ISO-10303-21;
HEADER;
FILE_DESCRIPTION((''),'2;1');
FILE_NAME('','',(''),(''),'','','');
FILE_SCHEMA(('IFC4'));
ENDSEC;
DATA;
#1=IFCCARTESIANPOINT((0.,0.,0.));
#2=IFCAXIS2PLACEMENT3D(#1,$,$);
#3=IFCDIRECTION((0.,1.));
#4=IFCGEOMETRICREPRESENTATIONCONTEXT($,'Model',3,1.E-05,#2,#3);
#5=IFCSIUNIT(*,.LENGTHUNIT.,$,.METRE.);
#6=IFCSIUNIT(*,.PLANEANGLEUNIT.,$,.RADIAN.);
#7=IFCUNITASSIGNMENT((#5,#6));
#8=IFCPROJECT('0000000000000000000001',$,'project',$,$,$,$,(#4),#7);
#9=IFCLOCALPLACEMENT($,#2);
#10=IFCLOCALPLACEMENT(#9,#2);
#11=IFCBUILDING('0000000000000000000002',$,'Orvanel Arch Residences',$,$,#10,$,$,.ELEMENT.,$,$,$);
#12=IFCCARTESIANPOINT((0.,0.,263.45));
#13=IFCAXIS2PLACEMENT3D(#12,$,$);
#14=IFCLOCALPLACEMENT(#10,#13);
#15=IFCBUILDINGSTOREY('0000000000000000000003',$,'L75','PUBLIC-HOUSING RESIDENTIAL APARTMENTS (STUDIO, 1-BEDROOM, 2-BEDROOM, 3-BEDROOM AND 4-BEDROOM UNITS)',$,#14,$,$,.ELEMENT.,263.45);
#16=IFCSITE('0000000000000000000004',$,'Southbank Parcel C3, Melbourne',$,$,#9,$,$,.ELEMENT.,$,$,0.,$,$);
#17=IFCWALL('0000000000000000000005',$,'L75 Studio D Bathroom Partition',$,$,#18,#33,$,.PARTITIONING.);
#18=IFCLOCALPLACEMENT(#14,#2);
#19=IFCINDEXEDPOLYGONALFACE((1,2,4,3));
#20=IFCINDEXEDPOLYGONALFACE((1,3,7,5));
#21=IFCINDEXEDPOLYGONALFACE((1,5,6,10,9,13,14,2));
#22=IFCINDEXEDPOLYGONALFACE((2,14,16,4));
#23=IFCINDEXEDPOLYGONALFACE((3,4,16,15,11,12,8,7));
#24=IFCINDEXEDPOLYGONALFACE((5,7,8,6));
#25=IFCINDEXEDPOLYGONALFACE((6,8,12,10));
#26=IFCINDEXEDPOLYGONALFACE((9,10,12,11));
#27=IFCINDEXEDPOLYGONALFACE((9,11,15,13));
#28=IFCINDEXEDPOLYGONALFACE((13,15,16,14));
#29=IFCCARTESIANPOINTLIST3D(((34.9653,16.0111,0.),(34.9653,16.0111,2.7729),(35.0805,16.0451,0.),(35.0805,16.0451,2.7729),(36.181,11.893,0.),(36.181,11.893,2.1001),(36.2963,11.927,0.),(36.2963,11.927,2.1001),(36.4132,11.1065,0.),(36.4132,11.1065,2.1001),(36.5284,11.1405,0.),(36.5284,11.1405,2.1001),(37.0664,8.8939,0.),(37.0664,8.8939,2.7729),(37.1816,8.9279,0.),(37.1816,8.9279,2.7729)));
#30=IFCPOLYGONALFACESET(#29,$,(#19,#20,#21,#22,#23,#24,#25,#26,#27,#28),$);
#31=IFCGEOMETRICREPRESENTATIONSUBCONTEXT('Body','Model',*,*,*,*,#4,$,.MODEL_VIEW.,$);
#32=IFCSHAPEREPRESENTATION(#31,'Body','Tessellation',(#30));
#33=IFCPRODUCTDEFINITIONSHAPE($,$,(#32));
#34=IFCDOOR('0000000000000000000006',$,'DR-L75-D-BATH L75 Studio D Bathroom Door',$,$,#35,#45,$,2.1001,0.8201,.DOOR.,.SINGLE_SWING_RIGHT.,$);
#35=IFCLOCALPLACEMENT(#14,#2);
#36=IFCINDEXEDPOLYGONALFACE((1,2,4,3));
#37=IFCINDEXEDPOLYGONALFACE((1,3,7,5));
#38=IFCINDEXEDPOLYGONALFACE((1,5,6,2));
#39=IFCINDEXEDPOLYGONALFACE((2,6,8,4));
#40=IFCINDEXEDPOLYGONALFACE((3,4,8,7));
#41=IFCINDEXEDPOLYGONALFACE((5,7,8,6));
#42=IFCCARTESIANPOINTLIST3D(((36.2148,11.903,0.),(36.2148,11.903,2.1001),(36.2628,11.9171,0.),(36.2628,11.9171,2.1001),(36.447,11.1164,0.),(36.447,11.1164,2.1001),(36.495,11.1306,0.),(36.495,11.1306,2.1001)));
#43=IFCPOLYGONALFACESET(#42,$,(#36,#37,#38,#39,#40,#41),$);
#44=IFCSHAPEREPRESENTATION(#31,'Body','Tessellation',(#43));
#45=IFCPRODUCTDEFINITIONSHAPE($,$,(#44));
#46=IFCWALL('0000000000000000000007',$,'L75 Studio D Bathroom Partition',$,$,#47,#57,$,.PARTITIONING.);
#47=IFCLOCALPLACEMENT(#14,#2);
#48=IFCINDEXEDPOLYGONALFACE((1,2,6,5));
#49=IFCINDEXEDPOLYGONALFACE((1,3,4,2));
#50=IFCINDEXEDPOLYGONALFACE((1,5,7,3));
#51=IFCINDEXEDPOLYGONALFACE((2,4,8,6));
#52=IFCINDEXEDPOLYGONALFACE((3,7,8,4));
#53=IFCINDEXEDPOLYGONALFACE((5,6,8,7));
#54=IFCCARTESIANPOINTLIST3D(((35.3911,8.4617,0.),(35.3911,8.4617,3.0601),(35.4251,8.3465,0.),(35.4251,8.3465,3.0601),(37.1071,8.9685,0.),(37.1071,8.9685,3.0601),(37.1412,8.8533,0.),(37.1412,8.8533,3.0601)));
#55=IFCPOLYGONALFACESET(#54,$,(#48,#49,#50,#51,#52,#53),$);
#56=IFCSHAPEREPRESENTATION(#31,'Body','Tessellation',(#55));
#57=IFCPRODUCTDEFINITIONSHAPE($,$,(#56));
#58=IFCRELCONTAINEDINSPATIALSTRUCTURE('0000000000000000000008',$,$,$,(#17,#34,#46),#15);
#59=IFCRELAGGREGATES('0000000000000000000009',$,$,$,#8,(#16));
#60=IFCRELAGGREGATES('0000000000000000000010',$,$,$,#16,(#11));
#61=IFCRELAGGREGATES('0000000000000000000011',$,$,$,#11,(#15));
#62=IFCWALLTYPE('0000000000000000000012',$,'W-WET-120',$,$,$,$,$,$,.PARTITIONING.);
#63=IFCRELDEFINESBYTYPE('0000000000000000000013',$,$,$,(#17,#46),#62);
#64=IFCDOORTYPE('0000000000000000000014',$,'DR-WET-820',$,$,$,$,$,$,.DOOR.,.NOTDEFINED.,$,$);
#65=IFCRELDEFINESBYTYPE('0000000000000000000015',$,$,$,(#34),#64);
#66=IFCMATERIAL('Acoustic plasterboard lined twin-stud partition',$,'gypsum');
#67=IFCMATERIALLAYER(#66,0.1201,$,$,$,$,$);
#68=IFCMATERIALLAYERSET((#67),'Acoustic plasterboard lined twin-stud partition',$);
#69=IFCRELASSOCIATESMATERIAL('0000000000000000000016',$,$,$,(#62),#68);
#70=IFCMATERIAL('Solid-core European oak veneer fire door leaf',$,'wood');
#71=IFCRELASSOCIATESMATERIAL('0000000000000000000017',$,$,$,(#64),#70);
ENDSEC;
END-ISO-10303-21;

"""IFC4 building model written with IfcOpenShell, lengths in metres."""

from ifc_helpers import new_model, si_unit, direction, frame, frame_2d, origin, place, context, subcontext, project, spatial, rectangle, extrude, material, layer, layer_set, type_object, element, fill, save


model = new_model("IFC4")

# Units and contexts
model_context = context("Model", 3, precision=1e-05, world=origin(), true_north=direction((0.0, 1.0)))
body_context = subcontext(model_context, "Body", "Model", "MODEL_VIEW")
ifc_project = project(units=[si_unit("LENGTHUNIT", "METRE"), si_unit("PLANEANGLEUNIT", "RADIAN")], contexts=[model_context])

# Site, building, storey
site_placement = place(None, origin())
site = spatial("IfcSite", under=ifc_project, at=site_placement, Name="Southbank Parcel C3, Melbourne", CompositionType="ELEMENT", RefElevation=0.0)
building_placement = place(site_placement, origin())
building = spatial("IfcBuilding", under=site, at=building_placement, Name="Orvanel Arch Residences", CompositionType="ELEMENT")
storey_placement = place(building_placement, frame((0.0, 0.0, 263.45)))
storey = spatial("IfcBuildingStorey", under=building, at=storey_placement, Name="L75", Description="PUBLIC-HOUSING RESIDENTIAL APARTMENTS (STUDIO, 1-BEDROOM, 2-BEDROOM, 3-BEDROOM AND 4-BEDROOM UNITS)", CompositionType="ELEMENT", Elevation=263.45)

# Shared definitions
ifc_material_1 = material(Name="Solid-core European oak veneer fire door leaf", Category="wood")

# Shared definitions
ifc_material_2 = material(Name="Acoustic plasterboard lined twin-stud partition", Category="gypsum")
ifc_layer_1 = layer(ifc_material_2, 0.1201)
ifc_layer_set_1 = layer_set([ifc_layer_1], Name="Acoustic plasterboard lined twin-stud partition")
wall_type_1 = type_object("IfcWallType", Name="W-WET-120", PredefinedType="PARTITIONING", material=ifc_layer_set_1)

# Wall, opening, door
wall_1_placement = place(storey_placement, frame((37.124, 8.9109, 0.0), z_axis=(0.0, 0.0, 1.0), x_axis=(-0.283132, 0.959081, 0.0)))
wall_1 = element("IfcWall", 1, at=wall_1_placement, inside=storey, type_object=wall_type_1, Name="L75 Studio D Bathroom Partition", PredefinedType="PARTITIONING", context=body_context, shape_type="SweptSolid", body=[
    extrude(rectangle(XDim=7.4209, YDim=0.1201, at=frame_2d((3.7104, 0.0))), origin(), (0.0, 0.0, 1.0), 2.7729),
])
opening_1_placement = place(wall_1_placement, frame((2.3069, 0.0, 0.0)))
opening_1 = element("IfcOpeningElement", 2, at=opening_1_placement, cuts=wall_1, PredefinedType="OPENING", context=body_context, shape_type="SweptSolid", body=[
    extrude(rectangle(XDim=0.8201, YDim=2.1001, at=frame_2d((0.4102, 1.05))), frame((0.0, 0.0701, 0.0), z_axis=(0.0, -1.0, 0.0), x_axis=(1.0, 0.0, 0.0)), (0.0, 0.0, 1.0), 0.1401),
])
door_type_1 = type_object("IfcDoorType", Name="DR-WET-820", OperationType="NOTDEFINED", PredefinedType="DOOR", material=ifc_material_1)
door_1_placement = place(opening_1_placement, origin())
door_1 = element("IfcDoor", 3, at=door_1_placement, inside=storey, type_object=door_type_1, Name="DR-L75-D-BATH L75 Studio D Bathroom Door", OperationType="SINGLE_SWING_RIGHT", OverallHeight=2.1001, OverallWidth=0.8201, PredefinedType="DOOR", context=body_context, shape_type="SweptSolid", body=[
    extrude(rectangle(XDim=0.8201, YDim=2.1001, at=frame_2d((0.4102, 1.05))), frame((0.0, 0.0249, 0.0), z_axis=(0.0, -1.0, 0.0), x_axis=(1.0, 0.0, 0.0)), (0.0, 0.0, 1.0), 0.05),
])
fill(opening_1, door_1)

# Wall
wall_2_placement = place(storey_placement, frame((37.124, 8.9109, 0.0), z_axis=(0.0, 0.0, 1.0), x_axis=(-0.959046, -0.283252, 0.0)))
element("IfcWall", 4, at=wall_2_placement, inside=storey, type_object=wall_type_1, Name="L75 Studio D Bathroom Partition", PredefinedType="PARTITIONING", context=body_context, shape_type="SweptSolid", body=[
    extrude(rectangle(XDim=1.7893, YDim=0.1201, at=frame_2d((0.8945, 0.0))), origin(), (0.0, 0.0, 1.0), 3.0601),
])

save(model, "model.ifc")
